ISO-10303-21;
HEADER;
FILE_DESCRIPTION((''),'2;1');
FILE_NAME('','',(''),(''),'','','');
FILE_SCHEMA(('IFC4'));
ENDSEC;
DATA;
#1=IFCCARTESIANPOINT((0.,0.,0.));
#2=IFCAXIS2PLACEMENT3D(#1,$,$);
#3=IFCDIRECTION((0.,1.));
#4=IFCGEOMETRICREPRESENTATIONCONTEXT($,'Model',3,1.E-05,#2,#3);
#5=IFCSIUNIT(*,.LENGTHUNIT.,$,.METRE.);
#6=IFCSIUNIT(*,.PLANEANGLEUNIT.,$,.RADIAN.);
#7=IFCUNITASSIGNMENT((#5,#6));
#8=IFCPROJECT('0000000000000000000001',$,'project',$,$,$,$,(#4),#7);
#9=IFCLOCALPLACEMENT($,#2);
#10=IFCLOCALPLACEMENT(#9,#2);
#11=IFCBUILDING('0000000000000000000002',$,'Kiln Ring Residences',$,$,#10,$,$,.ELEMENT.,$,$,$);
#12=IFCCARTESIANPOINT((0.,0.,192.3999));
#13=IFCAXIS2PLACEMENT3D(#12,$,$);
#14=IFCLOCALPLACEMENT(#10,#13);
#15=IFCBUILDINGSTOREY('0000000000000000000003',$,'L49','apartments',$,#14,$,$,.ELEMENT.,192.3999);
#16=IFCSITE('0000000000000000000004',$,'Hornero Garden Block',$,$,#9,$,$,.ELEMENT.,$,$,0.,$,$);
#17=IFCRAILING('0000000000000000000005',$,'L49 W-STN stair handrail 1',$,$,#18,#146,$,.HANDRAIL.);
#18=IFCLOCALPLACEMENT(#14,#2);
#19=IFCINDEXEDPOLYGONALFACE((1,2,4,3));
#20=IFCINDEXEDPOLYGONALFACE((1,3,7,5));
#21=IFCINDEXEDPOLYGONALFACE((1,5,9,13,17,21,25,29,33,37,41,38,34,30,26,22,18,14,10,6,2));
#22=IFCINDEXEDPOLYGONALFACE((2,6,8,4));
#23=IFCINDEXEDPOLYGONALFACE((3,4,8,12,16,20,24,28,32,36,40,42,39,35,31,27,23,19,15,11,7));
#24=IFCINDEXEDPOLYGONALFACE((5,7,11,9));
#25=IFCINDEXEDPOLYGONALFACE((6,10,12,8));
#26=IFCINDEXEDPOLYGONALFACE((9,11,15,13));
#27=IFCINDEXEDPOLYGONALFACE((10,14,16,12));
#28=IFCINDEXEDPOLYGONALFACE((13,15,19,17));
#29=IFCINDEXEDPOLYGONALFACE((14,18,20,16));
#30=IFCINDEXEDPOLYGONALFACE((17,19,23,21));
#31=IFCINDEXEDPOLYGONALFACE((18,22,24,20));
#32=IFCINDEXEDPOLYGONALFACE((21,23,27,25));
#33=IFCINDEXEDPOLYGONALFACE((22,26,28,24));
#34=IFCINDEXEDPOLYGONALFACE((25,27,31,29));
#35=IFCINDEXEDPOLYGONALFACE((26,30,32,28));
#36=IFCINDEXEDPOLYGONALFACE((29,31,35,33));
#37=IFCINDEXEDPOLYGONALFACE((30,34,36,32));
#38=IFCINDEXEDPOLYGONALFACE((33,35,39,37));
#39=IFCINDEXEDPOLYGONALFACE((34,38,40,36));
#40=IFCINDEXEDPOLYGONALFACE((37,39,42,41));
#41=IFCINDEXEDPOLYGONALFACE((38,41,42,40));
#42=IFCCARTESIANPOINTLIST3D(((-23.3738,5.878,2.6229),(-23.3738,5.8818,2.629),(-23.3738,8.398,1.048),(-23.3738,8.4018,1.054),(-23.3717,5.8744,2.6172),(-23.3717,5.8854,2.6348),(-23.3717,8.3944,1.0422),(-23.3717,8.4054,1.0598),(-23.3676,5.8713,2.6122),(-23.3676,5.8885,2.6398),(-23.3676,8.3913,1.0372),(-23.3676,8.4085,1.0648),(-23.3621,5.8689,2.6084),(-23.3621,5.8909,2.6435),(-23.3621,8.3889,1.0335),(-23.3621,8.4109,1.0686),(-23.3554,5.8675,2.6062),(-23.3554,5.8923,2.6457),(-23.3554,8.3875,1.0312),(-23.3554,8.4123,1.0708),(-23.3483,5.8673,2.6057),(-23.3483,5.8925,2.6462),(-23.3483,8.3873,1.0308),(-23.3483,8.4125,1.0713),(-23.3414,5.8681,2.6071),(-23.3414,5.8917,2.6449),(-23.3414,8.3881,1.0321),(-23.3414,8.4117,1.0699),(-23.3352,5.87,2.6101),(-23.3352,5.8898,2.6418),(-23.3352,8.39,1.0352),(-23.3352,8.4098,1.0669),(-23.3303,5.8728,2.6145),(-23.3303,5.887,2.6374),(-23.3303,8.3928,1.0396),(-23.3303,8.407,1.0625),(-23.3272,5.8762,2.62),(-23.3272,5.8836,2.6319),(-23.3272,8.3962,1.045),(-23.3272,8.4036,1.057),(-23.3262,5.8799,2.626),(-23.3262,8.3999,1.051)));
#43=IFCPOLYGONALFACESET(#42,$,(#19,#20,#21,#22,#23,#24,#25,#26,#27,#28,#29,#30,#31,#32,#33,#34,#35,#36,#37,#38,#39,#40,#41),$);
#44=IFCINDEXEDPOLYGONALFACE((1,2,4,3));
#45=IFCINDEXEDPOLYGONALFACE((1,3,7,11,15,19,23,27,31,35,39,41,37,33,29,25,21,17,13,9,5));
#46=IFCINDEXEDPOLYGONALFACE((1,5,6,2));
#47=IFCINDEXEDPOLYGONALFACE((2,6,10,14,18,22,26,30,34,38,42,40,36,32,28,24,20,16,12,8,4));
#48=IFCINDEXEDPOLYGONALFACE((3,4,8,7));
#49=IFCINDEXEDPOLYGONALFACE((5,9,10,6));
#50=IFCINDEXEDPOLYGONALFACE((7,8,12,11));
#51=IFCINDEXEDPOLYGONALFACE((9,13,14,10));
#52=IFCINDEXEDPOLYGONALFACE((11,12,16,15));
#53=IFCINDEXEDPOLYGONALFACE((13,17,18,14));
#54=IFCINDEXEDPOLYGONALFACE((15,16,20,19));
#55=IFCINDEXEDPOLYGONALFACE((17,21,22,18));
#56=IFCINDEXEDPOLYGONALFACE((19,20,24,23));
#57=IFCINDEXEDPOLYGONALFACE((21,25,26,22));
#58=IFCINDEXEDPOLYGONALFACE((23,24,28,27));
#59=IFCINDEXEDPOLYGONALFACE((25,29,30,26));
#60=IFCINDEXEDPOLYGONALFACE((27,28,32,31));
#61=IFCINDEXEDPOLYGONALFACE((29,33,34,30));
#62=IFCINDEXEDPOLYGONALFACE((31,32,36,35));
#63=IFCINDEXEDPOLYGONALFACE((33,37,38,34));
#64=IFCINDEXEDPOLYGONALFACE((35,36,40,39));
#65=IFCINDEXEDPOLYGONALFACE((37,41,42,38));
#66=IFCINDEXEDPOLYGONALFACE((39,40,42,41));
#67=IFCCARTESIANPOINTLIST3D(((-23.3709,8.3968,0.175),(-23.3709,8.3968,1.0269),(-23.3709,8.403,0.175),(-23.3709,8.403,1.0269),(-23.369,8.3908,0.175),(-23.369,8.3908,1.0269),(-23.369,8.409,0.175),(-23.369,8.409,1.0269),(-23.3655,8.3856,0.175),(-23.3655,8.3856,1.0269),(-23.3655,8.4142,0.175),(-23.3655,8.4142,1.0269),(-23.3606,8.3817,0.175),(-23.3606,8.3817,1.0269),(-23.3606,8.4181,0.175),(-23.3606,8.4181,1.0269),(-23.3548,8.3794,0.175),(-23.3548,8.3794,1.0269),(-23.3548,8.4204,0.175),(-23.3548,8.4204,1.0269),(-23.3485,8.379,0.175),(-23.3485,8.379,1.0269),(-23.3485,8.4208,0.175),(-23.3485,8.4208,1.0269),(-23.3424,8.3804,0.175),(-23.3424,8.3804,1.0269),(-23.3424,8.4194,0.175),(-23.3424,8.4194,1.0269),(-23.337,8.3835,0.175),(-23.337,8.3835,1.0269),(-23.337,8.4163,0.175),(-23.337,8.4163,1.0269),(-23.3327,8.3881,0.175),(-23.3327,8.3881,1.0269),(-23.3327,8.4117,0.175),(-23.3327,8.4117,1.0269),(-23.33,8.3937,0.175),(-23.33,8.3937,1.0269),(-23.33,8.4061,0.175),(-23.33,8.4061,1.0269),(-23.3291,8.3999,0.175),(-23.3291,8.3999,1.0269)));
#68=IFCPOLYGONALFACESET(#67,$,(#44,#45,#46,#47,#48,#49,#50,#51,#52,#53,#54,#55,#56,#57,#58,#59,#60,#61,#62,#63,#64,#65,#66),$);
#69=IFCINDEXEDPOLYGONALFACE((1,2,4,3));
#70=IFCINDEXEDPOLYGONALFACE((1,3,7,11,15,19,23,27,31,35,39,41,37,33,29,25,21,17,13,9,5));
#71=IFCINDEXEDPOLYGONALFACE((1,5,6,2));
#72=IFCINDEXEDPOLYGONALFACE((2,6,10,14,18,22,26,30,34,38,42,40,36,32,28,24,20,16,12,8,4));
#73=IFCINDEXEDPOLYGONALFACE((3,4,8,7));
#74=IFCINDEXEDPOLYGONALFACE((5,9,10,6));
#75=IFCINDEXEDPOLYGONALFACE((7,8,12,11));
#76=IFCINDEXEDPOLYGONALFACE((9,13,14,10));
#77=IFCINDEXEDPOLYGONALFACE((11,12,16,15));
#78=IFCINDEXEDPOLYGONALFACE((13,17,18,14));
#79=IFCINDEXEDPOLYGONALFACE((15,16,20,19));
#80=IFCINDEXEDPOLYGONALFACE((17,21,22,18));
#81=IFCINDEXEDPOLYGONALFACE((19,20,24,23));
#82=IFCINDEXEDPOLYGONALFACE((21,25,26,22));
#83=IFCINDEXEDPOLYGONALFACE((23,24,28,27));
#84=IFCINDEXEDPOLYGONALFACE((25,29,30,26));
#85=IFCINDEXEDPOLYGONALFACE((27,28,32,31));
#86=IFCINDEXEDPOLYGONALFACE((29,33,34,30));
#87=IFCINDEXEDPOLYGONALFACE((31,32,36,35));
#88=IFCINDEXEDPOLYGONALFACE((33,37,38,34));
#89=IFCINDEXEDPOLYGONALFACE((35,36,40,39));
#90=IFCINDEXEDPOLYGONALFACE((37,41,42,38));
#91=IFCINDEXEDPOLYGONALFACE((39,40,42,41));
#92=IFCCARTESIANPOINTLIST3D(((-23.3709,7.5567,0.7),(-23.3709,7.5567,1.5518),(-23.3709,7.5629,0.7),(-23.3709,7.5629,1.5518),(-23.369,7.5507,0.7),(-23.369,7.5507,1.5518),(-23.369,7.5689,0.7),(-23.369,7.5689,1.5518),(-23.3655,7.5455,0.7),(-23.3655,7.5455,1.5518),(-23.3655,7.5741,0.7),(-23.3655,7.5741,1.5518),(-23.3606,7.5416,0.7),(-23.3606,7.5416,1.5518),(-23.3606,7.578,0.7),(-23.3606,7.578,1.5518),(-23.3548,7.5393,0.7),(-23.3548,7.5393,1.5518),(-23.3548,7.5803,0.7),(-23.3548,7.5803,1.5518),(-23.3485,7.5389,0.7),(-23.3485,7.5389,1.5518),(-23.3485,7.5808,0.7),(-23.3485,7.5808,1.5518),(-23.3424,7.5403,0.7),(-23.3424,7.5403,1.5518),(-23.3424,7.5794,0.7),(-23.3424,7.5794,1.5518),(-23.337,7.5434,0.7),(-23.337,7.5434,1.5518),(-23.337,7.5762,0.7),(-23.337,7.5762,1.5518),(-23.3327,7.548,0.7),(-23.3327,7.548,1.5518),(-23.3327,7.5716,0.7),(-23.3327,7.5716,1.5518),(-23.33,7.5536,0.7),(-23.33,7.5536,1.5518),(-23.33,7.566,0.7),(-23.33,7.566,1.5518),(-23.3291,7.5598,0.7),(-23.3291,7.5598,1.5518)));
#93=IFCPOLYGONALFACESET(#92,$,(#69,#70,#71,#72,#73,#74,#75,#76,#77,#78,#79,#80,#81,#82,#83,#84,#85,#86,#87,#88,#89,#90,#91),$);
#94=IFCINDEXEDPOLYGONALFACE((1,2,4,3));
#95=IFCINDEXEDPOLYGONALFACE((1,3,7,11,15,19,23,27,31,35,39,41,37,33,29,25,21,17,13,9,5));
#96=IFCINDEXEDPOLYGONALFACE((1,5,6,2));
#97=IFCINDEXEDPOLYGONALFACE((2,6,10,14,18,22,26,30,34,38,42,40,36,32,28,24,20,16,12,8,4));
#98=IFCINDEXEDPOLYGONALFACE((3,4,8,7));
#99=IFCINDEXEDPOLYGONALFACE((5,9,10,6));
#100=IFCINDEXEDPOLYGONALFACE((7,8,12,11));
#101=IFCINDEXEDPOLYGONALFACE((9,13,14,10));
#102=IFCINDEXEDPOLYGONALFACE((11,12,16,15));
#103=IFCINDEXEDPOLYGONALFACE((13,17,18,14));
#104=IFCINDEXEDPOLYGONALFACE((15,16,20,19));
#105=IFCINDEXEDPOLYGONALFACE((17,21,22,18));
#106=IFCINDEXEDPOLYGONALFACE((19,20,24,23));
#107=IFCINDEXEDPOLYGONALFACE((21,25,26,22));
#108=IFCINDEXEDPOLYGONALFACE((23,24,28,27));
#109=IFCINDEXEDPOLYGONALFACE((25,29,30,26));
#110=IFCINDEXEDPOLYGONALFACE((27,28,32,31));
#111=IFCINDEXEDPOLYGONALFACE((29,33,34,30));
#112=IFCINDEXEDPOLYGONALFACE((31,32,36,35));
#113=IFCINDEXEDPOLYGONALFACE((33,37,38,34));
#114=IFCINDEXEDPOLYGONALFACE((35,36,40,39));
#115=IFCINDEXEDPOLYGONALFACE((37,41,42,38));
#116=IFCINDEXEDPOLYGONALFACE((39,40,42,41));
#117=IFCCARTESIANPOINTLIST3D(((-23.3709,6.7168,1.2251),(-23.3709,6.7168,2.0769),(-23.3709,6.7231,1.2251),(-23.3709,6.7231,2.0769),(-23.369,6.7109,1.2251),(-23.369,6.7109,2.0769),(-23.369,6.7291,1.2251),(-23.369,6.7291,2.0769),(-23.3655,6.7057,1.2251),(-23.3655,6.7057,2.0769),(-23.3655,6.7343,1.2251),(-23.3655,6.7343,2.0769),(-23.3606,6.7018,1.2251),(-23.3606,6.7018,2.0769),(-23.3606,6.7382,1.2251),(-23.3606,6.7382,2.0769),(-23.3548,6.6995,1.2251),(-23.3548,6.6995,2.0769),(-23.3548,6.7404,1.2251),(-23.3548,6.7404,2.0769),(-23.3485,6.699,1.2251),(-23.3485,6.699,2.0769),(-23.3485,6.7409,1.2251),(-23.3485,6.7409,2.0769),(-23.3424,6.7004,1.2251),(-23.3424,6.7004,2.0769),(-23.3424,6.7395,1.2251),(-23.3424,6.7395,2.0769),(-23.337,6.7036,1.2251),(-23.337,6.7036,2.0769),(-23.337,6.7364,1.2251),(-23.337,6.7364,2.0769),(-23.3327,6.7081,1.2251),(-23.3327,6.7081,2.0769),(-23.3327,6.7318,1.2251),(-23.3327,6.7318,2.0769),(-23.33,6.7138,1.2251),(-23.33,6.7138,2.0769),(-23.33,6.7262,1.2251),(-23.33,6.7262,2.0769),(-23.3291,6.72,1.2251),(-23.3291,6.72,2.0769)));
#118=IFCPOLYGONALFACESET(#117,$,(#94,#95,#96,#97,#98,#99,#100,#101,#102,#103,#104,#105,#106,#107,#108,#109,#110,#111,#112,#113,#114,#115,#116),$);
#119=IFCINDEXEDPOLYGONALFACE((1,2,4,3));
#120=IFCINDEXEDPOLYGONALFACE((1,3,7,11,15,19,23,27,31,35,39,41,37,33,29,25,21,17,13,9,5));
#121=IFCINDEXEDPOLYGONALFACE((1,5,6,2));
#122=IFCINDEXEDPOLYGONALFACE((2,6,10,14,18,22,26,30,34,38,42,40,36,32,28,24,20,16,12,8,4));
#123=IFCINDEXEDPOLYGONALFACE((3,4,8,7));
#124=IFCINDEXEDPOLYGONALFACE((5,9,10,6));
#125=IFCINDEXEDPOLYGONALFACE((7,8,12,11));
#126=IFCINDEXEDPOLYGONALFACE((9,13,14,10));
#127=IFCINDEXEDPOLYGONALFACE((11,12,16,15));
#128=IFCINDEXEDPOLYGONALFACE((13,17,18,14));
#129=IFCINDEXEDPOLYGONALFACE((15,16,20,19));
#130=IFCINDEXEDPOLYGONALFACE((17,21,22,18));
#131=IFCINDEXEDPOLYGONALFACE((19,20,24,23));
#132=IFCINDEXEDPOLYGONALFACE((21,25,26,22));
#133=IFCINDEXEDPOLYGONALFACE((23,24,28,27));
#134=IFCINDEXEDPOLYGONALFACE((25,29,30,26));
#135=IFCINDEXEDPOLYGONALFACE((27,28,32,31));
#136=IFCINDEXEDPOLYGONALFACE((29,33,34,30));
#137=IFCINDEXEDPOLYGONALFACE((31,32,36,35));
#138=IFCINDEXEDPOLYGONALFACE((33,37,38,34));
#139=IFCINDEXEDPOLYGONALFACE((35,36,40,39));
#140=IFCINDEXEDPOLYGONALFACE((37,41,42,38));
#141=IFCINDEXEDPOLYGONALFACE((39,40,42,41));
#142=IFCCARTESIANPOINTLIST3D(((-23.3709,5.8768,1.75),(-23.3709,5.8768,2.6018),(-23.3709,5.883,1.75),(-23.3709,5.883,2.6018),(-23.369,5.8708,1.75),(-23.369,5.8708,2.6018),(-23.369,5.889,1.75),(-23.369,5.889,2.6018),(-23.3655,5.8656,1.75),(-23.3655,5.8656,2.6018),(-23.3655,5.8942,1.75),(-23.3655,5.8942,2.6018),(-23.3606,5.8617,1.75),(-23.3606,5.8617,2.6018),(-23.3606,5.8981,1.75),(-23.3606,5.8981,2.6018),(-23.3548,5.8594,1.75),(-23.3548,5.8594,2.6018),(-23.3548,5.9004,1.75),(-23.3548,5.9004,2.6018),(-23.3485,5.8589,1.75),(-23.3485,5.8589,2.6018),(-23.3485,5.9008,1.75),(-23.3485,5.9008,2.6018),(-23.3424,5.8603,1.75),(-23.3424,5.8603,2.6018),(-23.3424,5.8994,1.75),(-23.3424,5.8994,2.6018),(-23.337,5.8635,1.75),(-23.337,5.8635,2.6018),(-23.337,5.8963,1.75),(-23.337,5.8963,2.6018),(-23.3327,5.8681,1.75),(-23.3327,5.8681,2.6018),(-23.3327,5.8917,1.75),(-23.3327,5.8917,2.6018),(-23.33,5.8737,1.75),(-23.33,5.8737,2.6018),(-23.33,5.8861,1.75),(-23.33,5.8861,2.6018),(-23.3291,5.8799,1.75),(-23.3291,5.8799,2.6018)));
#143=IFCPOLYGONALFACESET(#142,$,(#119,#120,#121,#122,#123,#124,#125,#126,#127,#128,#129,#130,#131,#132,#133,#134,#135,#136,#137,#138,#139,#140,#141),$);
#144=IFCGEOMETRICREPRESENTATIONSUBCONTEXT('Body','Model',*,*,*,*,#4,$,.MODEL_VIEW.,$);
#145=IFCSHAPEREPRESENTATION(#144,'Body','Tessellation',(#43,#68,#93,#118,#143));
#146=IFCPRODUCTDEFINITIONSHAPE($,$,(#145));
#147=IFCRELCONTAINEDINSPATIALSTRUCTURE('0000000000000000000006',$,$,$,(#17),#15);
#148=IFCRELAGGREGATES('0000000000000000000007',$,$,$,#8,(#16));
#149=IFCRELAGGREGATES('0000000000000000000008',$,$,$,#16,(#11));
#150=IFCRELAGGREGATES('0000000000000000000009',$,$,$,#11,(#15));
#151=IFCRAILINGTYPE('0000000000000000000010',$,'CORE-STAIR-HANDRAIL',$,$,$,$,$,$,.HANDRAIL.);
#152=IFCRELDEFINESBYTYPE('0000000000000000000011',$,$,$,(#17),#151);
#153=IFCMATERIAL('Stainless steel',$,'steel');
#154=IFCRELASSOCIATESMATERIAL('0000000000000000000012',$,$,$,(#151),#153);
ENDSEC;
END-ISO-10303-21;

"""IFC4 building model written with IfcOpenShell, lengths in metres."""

from ifc_helpers import new_model, si_unit, direction, frame, origin, origin_2d, place, context, subcontext, project, spatial, circle, extrude, material, type_object, element, save


model = new_model("IFC4")

# Units and contexts
model_context = context("Model", 3, precision=1e-05, world=origin(), true_north=direction((0.0, 1.0)))
body_context = subcontext(model_context, "Body", "Model", "MODEL_VIEW")
ifc_project = project(units=[si_unit("LENGTHUNIT", "METRE"), si_unit("PLANEANGLEUNIT", "RADIAN")], contexts=[model_context])

# Site, building, storey
site_placement = place(None, origin())
site = spatial("IfcSite", under=ifc_project, at=site_placement, Name="Hornero Garden Block", CompositionType="ELEMENT", RefElevation=0.0)
building_placement = place(site_placement, origin())
building = spatial("IfcBuilding", under=site, at=building_placement, Name="Kiln Ring Residences", CompositionType="ELEMENT")
storey_placement = place(building_placement, frame((0.0, 0.0, 192.3999)))
storey = spatial("IfcBuildingStorey", under=building, at=storey_placement, Name="L49", Description="apartments", CompositionType="ELEMENT", Elevation=192.3999)

# Railing
ifc_material_1 = material(Name="Stainless steel", Category="steel")
railing_type_1 = type_object("IfcRailingType", Name="CORE-STAIR-HANDRAIL", PredefinedType="HANDRAIL", material=ifc_material_1)
railing_1_placement = place(storey_placement, frame((-23.3501, 8.3999, 0.175)))
element("IfcRailing", 1, at=railing_1_placement, inside=storey, type_object=railing_type_1, Name="L49 W-STN stair handrail 1", PredefinedType="HANDRAIL", context=body_context, shape_type="SweptSolid", body=[
    extrude(circle(Radius=0.0239, at=origin_2d()), frame((0.0, 0.0, 0.876), z_axis=(0.0, -0.848008, 0.529984), x_axis=(1.0, 0.0, 0.0)), (0.0, 0.0, 1.0), 2.9717),
    extrude(circle(Radius=0.021, at=origin_2d()), origin(), (0.0, 0.0, 1.0), 0.8518),
    extrude(circle(Radius=0.021, at=origin_2d()), frame((0.0, -0.8401, 0.5249)), (0.0, 0.0, 1.0), 0.8518),
    extrude(circle(Radius=0.021, at=origin_2d()), frame((0.0, -1.6799, 1.05)), (0.0, 0.0, 1.0), 0.8518),
    extrude(circle(Radius=0.021, at=origin_2d()), frame((0.0, -2.52, 1.575)), (0.0, 0.0, 1.0), 0.8518),
])

save(model, "model.ifc")
